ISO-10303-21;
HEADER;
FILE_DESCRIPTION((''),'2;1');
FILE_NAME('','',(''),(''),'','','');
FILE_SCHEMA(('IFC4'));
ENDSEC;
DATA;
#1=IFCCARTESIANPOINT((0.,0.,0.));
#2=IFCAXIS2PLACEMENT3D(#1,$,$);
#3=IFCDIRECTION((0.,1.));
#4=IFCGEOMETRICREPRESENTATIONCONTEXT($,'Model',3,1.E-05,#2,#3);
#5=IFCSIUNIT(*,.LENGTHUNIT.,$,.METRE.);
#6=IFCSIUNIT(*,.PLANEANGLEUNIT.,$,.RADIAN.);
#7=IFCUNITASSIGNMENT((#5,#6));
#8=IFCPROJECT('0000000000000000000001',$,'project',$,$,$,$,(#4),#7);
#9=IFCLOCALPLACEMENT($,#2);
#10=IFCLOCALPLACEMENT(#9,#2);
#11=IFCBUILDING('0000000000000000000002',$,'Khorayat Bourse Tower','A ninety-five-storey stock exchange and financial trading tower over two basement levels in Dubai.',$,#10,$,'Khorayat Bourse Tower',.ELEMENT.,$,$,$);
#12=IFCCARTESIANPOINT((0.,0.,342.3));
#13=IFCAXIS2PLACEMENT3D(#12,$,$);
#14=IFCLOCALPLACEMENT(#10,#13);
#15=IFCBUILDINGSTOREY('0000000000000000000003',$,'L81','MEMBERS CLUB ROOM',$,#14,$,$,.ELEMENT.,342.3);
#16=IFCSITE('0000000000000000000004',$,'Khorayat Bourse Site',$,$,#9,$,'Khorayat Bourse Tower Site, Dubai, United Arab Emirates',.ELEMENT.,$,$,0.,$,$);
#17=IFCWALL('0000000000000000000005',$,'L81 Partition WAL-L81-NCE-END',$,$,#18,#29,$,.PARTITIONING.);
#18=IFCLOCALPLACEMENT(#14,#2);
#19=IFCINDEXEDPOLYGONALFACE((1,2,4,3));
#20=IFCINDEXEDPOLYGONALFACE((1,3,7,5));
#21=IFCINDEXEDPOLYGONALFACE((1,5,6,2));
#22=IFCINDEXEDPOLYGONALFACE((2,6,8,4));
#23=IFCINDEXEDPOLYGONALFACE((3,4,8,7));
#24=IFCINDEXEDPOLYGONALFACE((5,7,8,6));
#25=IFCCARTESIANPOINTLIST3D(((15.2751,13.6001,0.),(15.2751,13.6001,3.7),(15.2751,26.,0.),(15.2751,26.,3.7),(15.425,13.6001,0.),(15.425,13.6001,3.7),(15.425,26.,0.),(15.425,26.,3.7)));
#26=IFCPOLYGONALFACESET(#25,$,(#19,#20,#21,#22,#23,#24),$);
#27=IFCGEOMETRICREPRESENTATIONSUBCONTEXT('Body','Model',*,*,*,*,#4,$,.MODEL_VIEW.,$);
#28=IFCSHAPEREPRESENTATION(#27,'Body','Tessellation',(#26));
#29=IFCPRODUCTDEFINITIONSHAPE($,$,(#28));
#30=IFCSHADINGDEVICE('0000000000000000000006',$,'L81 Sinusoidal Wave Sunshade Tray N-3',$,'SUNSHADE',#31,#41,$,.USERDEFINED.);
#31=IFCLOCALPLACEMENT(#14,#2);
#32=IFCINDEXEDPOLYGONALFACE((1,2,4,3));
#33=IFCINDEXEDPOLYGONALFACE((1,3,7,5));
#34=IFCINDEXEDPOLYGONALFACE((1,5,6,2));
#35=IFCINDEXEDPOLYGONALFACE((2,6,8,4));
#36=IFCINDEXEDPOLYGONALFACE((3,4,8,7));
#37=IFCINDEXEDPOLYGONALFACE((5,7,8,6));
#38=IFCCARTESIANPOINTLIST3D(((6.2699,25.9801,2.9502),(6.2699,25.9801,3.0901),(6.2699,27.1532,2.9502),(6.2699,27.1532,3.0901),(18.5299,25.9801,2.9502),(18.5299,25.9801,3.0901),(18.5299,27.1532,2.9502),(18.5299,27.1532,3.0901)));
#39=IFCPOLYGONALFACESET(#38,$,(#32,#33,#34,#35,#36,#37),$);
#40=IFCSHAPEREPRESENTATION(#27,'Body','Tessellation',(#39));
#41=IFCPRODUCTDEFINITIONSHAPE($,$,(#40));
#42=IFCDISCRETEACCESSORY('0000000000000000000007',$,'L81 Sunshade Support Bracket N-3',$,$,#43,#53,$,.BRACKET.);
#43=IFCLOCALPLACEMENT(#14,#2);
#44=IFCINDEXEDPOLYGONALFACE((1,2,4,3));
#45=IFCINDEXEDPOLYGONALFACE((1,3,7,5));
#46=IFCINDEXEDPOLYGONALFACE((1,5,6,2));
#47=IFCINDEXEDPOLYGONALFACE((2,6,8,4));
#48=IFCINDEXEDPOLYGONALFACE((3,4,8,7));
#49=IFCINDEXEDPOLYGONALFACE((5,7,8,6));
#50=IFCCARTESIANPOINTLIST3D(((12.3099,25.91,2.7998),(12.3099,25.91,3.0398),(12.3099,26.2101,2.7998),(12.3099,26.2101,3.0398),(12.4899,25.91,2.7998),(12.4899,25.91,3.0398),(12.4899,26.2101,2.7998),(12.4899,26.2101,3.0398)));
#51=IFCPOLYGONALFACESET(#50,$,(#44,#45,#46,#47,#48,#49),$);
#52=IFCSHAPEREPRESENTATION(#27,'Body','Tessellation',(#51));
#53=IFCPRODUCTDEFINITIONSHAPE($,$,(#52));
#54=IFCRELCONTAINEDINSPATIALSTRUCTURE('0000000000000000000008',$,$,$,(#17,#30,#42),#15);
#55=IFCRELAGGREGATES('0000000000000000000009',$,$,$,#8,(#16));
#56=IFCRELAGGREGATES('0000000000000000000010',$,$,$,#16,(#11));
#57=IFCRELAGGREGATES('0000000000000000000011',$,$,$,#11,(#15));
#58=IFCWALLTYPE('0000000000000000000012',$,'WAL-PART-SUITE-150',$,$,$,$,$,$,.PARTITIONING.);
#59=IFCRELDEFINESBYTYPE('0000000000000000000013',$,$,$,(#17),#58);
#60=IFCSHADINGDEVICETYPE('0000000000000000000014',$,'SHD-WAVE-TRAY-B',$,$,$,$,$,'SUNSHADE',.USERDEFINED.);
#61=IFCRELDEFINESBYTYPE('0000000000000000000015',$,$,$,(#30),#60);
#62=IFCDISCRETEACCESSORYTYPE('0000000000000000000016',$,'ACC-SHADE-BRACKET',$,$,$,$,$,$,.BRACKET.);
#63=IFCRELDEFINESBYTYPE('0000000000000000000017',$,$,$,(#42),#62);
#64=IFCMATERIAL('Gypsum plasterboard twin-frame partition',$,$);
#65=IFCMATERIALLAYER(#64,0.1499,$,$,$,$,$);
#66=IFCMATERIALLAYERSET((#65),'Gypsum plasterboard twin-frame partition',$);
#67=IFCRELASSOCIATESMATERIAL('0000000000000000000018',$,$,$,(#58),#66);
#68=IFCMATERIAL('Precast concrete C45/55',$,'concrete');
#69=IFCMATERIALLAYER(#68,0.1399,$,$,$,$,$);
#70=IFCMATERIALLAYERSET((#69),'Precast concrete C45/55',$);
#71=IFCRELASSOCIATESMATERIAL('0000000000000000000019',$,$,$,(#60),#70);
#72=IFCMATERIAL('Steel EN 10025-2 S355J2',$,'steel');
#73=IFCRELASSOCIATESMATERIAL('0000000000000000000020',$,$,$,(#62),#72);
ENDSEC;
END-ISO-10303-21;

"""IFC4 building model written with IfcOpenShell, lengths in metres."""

from ifc_helpers import new_model, si_unit, direction, frame, frame_2d, origin, origin_2d, place, context, subcontext, project, spatial, rectangle, extrude, source, transform, mapped, material, layer, layer_set, type_object, element, save


model = new_model("IFC4")

# Units and contexts
model_context = context("Model", 3, precision=1e-05, world=origin(), true_north=direction((0.0, 1.0)))
body_context = subcontext(model_context, "Body", "Model", "MODEL_VIEW")
ifc_project = project(units=[si_unit("LENGTHUNIT", "METRE"), si_unit("PLANEANGLEUNIT", "RADIAN")], contexts=[model_context])

# Site, building, storey
site_placement = place(None, origin())
site = spatial("IfcSite", under=ifc_project, at=site_placement, Name="Khorayat Bourse Site", LongName="Khorayat Bourse Tower Site, Dubai, United Arab Emirates", CompositionType="ELEMENT", RefElevation=0.0)
building_placement = place(site_placement, origin())
building = spatial("IfcBuilding", under=site, at=building_placement, Name="Khorayat Bourse Tower", Description="A ninety-five-storey stock exchange and financial trading tower over two basement levels in Dubai.", LongName="Khorayat Bourse Tower", CompositionType="ELEMENT")
storey_placement = place(building_placement, frame((0.0, 0.0, 342.3)))
storey = spatial("IfcBuildingStorey", under=building, at=storey_placement, Name="L81", Description="MEMBERS CLUB ROOM", CompositionType="ELEMENT", Elevation=342.3)

# Shared definitions
ifc_material_1 = material(Name="Steel EN 10025-2 S355J2", Category="steel")

# Shared definitions
ifc_material_2 = material(Name="Precast concrete C45/55", Category="concrete")

# Wall
ifc_material_3 = material(Name="Gypsum plasterboard twin-frame partition")
ifc_layer_1 = layer(ifc_material_3, 0.1499)
ifc_layer_set_1 = layer_set([ifc_layer_1], Name="Gypsum plasterboard twin-frame partition")
wall_type_1 = type_object("IfcWallType", Name="WAL-PART-SUITE-150", PredefinedType="PARTITIONING", material=ifc_layer_set_1)
shared_shape_1 = source(origin(), body_context, "Body", "SweptSolid", [
    extrude(rectangle(XDim=12.3999, YDim=0.1499, at=frame_2d((6.2, 0.0))), origin(), (0.0, 0.0, 1.0), 3.7),
])
wall_1_placement = place(storey_placement, frame((15.3501, 13.6001, 0.0), z_axis=(0.0, 0.0, 1.0), x_axis=(0.0, 1.0, 0.0)))
element("IfcWall", 1, at=wall_1_placement, inside=storey, type_object=wall_type_1, Name="L81 Partition WAL-L81-NCE-END", PredefinedType="PARTITIONING", context=body_context, shape_type="MappedRepresentation", body=[
    mapped(shared_shape_1, transform((0.0, 0.0, 0.0), scale=1.0)),
])

# Shading device
ifc_layer_2 = layer(ifc_material_2, 0.1399)
ifc_layer_set_2 = layer_set([ifc_layer_2], Name="Precast concrete C45/55")
shading_device_type = type_object("IfcShadingDeviceType", Name="SHD-WAVE-TRAY-B", ElementType="SUNSHADE", PredefinedType="USERDEFINED", material=ifc_layer_set_2)
shared_shape_2 = source(origin(), body_context, "Body", "SweptSolid", [
    extrude(rectangle(XDim=12.26, YDim=1.1731, at=origin_2d()), origin(), (0.0, 0.0, 1.0), 0.1399),
])
shading_device_placement = place(storey_placement, frame((12.3999, 26.5667, 2.9502), z_axis=(0.0, 0.0, 1.0), x_axis=(1.0, 0.0, 0.0)))
element("IfcShadingDevice", 2, at=shading_device_placement, inside=storey, type_object=shading_device_type, Name="L81 Sinusoidal Wave Sunshade Tray N-3", ObjectType="SUNSHADE", PredefinedType="USERDEFINED", context=body_context, shape_type="MappedRepresentation", body=[
    mapped(shared_shape_2, transform((0.0, 0.0, 0.0), scale=1.0)),
])

# Discrete accessory
discrete_accessory_type = type_object("IfcDiscreteAccessoryType", Name="ACC-SHADE-BRACKET", PredefinedType="BRACKET", material=ifc_material_1)
shared_shape_3 = source(origin(), body_context, "Body", "SweptSolid", [
    extrude(rectangle(XDim=0.1799, YDim=0.3, at=origin_2d()), origin(), (0.0, 0.0, 1.0), 0.24),
])
discrete_accessory_placement = place(storey_placement, frame((12.3999, 26.0601, 2.7998), z_axis=(0.0, 0.0, 1.0), x_axis=(1.0, 0.0, 0.0)))
element("IfcDiscreteAccessory", 3, at=discrete_accessory_placement, inside=storey, type_object=discrete_accessory_type, Name="L81 Sunshade Support Bracket N-3", PredefinedType="BRACKET", context=body_context, shape_type="MappedRepresentation", body=[
    mapped(shared_shape_3, transform((0.0, 0.0, 0.0), scale=1.0)),
])

save(model, "model.ifc")
